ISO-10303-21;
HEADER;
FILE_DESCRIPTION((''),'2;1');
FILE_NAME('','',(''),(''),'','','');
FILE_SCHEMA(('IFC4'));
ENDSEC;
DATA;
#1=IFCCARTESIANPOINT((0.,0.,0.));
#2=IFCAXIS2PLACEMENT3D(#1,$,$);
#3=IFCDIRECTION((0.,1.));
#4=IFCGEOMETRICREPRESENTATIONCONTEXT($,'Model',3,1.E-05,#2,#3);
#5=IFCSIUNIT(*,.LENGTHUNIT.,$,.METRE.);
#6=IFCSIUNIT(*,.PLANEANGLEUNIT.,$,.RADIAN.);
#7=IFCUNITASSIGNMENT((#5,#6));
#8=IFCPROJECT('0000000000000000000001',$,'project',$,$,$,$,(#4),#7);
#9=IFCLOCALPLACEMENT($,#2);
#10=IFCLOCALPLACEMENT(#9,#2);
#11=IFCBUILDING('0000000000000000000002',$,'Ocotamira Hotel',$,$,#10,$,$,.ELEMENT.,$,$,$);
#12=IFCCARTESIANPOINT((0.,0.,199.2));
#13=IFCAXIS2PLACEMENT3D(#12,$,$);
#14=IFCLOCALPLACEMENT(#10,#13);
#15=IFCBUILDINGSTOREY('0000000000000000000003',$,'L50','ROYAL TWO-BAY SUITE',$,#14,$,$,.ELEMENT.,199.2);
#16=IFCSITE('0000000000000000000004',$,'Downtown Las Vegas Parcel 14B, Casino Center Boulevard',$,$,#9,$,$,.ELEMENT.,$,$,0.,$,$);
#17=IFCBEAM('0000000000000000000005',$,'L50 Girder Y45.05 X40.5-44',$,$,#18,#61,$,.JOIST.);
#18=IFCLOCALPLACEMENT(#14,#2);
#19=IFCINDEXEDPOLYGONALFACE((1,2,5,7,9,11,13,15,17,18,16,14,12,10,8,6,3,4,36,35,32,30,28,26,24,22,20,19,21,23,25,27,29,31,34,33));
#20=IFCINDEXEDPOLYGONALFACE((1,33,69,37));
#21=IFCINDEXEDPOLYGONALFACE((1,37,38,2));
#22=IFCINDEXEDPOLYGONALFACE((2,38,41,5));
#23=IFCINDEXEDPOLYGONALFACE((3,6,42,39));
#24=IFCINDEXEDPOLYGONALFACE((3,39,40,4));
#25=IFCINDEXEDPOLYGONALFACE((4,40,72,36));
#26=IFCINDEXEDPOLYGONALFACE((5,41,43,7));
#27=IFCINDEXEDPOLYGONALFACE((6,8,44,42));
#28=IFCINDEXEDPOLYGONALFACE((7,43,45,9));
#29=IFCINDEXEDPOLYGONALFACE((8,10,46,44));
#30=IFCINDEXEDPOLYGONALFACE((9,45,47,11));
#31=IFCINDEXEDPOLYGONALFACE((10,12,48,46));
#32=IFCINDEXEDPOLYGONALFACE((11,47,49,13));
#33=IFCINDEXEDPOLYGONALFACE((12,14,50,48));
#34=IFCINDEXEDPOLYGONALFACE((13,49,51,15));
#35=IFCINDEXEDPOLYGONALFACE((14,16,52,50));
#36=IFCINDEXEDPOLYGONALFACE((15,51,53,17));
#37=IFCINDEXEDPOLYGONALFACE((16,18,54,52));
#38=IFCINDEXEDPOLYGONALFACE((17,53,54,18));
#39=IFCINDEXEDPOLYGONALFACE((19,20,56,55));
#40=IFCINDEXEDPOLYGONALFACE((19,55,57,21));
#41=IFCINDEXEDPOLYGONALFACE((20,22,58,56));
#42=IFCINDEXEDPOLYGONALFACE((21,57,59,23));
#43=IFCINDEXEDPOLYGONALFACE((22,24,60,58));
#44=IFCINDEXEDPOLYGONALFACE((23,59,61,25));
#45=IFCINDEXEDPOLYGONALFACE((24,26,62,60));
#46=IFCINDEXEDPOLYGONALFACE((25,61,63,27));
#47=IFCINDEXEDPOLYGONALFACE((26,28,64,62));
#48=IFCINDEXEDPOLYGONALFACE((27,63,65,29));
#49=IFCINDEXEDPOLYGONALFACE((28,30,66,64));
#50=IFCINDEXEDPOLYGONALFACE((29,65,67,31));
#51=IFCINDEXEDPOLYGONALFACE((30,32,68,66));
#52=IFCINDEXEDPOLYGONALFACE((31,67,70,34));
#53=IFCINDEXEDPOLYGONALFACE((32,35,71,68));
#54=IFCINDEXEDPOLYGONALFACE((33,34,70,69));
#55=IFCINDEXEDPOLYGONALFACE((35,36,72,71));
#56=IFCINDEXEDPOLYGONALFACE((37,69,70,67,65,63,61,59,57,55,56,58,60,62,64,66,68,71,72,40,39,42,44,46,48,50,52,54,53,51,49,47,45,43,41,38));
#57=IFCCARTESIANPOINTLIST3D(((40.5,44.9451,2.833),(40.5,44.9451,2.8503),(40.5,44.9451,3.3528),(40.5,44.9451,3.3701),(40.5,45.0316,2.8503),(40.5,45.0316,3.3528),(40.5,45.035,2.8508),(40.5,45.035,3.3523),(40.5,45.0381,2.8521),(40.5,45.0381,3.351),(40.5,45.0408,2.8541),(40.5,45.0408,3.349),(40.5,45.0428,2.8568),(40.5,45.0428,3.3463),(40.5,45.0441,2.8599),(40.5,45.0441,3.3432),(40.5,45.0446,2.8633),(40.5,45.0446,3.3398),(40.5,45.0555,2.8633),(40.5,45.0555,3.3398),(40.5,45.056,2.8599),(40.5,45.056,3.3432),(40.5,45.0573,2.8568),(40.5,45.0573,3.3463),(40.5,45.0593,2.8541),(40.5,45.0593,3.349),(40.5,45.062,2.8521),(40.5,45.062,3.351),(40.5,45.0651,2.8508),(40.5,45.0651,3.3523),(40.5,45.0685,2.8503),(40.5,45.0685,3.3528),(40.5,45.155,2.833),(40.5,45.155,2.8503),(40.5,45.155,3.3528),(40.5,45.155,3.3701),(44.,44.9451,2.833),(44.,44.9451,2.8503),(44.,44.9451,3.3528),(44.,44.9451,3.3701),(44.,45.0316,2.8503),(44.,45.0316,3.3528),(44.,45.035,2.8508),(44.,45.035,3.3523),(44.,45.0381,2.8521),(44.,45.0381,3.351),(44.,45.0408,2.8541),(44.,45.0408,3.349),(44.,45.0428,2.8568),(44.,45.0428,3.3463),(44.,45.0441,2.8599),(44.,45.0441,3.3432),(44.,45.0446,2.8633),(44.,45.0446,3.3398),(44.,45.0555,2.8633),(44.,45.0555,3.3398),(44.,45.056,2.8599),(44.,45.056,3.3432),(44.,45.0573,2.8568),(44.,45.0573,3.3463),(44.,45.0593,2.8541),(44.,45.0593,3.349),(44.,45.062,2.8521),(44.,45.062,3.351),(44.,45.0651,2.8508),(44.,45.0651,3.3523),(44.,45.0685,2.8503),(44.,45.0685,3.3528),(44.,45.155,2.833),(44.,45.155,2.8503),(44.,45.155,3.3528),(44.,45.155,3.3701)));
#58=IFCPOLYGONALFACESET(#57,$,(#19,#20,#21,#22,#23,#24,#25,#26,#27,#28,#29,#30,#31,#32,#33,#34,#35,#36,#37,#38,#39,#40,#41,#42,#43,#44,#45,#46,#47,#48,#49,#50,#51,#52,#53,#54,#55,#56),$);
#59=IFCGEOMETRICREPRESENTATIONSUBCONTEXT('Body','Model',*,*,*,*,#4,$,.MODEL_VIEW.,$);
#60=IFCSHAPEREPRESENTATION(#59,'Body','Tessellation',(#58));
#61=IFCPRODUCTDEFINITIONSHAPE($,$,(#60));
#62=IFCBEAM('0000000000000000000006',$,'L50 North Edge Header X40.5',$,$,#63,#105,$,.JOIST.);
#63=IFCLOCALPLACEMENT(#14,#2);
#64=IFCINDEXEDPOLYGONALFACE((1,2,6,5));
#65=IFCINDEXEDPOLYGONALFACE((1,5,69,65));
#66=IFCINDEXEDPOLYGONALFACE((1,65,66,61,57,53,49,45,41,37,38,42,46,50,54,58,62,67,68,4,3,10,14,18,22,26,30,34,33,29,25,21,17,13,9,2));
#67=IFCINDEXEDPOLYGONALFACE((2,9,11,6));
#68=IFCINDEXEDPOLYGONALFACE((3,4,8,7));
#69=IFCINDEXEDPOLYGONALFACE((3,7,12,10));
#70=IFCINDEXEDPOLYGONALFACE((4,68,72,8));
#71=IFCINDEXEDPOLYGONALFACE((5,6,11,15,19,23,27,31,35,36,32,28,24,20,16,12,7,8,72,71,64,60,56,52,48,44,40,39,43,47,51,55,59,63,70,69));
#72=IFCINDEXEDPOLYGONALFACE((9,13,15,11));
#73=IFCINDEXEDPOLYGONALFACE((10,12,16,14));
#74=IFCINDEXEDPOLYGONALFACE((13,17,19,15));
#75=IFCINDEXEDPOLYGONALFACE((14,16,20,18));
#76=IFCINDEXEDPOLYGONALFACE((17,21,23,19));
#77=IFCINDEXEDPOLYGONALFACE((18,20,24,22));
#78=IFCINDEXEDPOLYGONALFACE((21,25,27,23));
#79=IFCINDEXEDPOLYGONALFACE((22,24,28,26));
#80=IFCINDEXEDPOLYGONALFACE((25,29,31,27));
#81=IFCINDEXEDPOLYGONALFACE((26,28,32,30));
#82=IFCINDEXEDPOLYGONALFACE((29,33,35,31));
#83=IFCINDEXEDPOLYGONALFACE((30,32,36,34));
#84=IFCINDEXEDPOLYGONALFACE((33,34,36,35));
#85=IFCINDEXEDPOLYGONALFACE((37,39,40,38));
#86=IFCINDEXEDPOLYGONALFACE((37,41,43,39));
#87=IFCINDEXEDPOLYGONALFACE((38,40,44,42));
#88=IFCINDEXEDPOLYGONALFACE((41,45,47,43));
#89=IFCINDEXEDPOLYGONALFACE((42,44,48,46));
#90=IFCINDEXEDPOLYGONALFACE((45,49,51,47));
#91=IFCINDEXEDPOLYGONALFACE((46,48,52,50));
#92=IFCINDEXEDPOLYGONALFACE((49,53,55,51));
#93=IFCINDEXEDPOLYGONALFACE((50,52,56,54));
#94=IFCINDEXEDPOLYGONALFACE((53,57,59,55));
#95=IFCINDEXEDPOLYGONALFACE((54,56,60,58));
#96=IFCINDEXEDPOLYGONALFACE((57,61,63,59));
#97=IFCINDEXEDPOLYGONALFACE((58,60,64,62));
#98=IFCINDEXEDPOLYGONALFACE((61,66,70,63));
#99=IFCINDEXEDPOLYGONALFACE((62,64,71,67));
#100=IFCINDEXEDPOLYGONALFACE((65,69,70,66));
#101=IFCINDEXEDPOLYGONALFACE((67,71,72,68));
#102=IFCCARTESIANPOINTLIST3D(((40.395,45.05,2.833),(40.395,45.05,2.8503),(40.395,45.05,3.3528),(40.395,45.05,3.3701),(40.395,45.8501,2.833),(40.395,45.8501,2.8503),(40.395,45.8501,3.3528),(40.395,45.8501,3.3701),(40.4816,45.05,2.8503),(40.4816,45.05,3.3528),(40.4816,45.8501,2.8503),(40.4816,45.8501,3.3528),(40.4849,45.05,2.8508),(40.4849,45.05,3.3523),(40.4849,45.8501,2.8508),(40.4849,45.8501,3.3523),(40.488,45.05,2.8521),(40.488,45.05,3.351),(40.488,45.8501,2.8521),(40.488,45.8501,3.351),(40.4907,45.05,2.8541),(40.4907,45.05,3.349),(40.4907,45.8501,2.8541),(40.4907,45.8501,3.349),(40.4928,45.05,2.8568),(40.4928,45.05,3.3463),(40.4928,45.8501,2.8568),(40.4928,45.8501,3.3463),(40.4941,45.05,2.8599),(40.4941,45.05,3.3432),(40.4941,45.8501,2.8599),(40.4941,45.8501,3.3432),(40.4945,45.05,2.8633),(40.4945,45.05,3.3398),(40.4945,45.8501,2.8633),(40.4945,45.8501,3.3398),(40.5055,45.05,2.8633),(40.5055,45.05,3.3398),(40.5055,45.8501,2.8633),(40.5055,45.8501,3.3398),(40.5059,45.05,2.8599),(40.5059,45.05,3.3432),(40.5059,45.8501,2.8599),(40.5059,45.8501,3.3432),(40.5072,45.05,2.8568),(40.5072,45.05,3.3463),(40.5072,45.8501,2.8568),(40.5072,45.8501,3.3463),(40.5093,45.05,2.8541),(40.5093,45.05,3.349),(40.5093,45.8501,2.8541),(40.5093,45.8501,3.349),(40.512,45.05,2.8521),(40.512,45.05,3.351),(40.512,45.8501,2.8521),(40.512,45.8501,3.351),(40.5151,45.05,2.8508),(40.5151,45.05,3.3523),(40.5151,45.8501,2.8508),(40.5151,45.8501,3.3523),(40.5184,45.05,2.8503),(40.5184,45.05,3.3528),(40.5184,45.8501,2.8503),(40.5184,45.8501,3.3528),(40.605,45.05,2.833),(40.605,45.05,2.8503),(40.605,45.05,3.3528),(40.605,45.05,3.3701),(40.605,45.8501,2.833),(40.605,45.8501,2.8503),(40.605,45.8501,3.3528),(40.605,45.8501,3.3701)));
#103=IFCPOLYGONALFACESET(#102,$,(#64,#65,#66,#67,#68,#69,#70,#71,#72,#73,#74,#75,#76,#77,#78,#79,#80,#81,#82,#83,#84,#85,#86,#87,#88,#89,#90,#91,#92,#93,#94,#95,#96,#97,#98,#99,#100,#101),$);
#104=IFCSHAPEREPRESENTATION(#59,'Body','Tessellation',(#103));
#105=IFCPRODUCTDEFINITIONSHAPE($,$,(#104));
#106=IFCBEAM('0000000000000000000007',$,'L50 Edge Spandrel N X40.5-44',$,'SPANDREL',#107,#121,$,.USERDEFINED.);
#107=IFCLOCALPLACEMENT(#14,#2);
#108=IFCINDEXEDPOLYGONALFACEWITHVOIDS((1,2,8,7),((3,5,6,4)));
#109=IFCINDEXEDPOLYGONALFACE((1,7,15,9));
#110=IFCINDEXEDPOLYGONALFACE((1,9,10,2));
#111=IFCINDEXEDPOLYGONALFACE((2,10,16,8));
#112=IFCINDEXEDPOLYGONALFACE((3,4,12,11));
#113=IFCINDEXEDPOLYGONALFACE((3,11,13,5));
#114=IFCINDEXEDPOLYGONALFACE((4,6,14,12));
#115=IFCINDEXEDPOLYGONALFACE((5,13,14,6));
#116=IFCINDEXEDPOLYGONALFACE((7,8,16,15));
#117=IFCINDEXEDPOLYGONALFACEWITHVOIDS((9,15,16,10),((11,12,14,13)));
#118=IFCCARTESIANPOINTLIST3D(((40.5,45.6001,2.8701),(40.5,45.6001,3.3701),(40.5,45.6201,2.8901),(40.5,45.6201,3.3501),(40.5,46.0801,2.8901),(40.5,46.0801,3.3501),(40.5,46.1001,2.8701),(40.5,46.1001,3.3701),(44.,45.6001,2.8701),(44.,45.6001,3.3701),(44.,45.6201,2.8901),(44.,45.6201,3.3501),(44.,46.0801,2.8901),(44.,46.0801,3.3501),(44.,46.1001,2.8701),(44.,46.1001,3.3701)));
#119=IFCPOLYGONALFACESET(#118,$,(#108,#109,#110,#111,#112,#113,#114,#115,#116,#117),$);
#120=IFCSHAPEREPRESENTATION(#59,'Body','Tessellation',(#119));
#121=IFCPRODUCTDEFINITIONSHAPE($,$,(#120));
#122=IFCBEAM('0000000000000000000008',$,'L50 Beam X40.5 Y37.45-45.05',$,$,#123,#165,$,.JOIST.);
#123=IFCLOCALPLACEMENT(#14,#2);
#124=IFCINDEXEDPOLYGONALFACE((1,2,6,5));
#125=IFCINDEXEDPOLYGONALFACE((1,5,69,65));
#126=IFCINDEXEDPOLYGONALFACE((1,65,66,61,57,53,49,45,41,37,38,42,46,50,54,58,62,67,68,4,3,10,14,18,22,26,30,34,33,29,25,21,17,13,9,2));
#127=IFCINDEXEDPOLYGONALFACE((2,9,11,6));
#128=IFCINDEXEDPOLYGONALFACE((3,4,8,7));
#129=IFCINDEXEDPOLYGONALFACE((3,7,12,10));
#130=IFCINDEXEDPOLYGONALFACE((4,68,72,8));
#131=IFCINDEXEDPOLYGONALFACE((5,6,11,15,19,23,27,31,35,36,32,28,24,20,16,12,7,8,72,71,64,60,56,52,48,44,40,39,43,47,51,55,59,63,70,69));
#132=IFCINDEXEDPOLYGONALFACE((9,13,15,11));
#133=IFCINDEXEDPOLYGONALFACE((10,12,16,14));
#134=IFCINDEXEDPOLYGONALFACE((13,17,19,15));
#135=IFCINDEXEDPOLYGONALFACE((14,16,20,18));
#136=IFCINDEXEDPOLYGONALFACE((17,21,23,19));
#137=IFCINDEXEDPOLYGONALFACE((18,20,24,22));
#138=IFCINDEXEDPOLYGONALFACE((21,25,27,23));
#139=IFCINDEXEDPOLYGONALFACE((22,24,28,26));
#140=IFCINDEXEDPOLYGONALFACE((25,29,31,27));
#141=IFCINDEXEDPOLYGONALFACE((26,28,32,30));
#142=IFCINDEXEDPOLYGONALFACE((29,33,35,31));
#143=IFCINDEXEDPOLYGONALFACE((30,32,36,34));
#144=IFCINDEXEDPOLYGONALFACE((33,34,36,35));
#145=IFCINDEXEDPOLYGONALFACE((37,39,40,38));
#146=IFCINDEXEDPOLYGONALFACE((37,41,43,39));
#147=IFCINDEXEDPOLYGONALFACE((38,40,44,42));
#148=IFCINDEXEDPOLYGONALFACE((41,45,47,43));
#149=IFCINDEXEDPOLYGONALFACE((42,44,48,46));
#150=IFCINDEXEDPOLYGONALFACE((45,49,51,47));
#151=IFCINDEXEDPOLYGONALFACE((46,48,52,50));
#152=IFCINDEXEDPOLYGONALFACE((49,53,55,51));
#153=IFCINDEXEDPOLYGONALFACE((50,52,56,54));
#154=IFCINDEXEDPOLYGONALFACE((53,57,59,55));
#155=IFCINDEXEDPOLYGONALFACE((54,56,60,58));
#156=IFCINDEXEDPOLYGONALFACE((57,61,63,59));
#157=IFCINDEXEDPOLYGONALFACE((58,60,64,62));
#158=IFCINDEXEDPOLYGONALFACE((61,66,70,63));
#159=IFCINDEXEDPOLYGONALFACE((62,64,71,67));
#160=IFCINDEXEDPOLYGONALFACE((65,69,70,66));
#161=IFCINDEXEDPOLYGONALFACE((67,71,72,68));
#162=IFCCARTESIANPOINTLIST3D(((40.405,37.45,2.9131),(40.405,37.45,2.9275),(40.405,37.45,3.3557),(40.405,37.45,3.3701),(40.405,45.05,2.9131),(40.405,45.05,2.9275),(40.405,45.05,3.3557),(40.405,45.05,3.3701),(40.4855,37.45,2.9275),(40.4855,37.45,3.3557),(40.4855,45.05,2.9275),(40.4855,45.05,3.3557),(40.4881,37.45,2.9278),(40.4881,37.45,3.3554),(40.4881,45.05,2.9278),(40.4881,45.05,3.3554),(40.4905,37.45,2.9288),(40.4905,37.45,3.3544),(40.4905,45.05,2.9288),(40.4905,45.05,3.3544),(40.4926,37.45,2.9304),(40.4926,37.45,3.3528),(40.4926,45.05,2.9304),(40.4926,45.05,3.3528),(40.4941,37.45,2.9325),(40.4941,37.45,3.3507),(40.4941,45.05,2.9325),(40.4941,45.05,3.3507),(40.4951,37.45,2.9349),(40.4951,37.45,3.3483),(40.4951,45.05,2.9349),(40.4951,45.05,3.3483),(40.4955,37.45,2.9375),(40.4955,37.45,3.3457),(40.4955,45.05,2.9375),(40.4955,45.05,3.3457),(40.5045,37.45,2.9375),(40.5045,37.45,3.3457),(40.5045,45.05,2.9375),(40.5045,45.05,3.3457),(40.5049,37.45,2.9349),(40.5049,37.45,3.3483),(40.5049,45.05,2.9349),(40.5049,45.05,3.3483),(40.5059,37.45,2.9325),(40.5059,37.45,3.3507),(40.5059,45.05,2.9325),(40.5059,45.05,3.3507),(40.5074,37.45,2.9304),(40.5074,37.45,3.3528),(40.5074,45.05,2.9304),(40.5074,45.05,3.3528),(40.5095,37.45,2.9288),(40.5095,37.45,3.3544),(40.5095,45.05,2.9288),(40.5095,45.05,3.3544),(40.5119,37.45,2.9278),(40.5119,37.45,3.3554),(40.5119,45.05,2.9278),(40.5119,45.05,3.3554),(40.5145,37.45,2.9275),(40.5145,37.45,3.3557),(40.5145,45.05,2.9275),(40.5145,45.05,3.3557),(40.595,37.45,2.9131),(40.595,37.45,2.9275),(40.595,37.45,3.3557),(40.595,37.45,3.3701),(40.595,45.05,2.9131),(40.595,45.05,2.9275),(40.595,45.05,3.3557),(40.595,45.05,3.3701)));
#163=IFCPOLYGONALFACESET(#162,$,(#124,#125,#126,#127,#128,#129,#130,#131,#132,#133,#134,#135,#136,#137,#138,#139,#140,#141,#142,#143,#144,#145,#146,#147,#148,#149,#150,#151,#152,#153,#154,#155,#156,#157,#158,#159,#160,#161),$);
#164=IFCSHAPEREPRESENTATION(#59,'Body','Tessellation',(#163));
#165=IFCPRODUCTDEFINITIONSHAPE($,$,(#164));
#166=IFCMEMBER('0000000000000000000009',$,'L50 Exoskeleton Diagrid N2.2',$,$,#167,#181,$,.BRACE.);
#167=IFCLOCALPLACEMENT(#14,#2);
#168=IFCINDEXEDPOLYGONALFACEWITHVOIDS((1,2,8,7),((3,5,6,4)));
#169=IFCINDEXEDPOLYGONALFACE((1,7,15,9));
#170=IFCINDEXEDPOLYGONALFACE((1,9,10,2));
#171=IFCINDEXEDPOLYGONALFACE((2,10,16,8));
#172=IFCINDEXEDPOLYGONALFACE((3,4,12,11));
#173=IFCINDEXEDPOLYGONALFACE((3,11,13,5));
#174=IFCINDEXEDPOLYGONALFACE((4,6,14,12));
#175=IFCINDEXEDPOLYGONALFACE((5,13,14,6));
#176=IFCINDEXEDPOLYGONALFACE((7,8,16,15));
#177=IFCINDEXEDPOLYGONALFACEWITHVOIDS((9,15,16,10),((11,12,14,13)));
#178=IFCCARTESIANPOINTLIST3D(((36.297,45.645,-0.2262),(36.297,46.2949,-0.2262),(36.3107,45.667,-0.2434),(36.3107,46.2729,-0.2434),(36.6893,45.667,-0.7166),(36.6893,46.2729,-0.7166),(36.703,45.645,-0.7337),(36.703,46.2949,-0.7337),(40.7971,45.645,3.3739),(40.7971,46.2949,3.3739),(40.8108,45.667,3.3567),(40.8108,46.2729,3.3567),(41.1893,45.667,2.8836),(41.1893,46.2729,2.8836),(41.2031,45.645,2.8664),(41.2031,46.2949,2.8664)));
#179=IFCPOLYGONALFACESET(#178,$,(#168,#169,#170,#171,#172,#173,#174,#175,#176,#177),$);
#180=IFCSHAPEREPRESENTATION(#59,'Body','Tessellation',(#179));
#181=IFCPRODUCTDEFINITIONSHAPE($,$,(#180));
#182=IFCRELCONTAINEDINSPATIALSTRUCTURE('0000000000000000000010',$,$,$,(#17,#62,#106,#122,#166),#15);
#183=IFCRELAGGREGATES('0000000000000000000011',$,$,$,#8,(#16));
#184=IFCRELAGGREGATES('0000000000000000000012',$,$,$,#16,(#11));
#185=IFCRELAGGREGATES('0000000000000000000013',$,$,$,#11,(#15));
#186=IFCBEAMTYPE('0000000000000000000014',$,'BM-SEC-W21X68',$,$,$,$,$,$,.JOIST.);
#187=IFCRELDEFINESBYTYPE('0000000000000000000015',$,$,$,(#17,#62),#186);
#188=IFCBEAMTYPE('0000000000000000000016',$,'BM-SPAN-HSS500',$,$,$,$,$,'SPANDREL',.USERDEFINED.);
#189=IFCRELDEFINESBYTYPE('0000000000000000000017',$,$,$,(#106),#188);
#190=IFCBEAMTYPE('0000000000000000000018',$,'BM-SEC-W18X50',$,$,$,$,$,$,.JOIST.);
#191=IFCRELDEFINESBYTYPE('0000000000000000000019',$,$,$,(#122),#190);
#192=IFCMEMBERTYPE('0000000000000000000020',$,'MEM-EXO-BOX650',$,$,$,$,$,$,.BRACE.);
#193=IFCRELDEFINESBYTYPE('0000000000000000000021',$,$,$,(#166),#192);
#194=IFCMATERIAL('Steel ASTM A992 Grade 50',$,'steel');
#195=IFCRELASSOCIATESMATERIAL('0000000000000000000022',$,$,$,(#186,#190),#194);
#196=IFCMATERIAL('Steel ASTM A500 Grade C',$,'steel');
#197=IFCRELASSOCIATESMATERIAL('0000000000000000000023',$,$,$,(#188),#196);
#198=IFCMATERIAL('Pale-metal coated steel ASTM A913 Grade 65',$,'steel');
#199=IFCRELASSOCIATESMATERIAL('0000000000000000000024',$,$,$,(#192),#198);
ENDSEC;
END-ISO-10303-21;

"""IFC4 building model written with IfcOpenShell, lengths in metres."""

from ifc_helpers import new_model, si_unit, direction, frame, origin, origin_2d, place, context, subcontext, project, spatial, hollow_rectangle, i_section, extrude, source, transform, mapped, material, material_profile, profile_set, type_object, element, save


model = new_model("IFC4")

# Units and contexts
model_context = context("Model", 3, precision=1e-05, world=origin(), true_north=direction((0.0, 1.0)))
body_context = subcontext(model_context, "Body", "Model", "MODEL_VIEW")
ifc_project = project(units=[si_unit("LENGTHUNIT", "METRE"), si_unit("PLANEANGLEUNIT", "RADIAN")], contexts=[model_context])

# Site, building, storey
site_placement = place(None, origin())
site = spatial("IfcSite", under=ifc_project, at=site_placement, Name="Downtown Las Vegas Parcel 14B, Casino Center Boulevard", CompositionType="ELEMENT", RefElevation=0.0)
building_placement = place(site_placement, origin())
building = spatial("IfcBuilding", under=site, at=building_placement, Name="Ocotamira Hotel", CompositionType="ELEMENT")
storey_placement = place(building_placement, frame((0.0, 0.0, 199.2)))
storey = spatial("IfcBuildingStorey", under=building, at=storey_placement, Name="L50", Description="ROYAL TWO-BAY SUITE", CompositionType="ELEMENT", Elevation=199.2)

# Beams
ifc_material_1 = material(Name="Steel ASTM A992 Grade 50", Category="steel")
ifc_material_profile_1 = material_profile(ifc_material_1, i_section(OverallWidth=0.21, OverallDepth=0.5371, WebThickness=0.011, FlangeThickness=0.0173, FilletRadius=0.0129, at=origin_2d()), Name="W21X68")
ifc_profile_set_1 = profile_set([ifc_material_profile_1], Name="Steel ASTM A992 Grade 50")
beam_type_1 = type_object("IfcBeamType", Name="BM-SEC-W21X68", PredefinedType="JOIST", material=ifc_profile_set_1)
shared_shape_1 = source(origin(), body_context, "Body", "SweptSolid", [
    extrude(i_section(OverallWidth=0.21, OverallDepth=0.5371, WebThickness=0.011, FlangeThickness=0.0173, FilletRadius=0.0129, at=origin_2d()), origin(), (0.0, 0.0, 1.0), 3.5),
])
beam_1_placement = place(storey_placement, frame((40.5, 45.05, 3.1016), z_axis=(1.0, 0.0, 0.0), x_axis=(0.0, 1.0, 0.0)))
element("IfcBeam", 1, at=beam_1_placement, inside=storey, type_object=beam_type_1, Name="L50 Girder Y45.05 X40.5-44", PredefinedType="JOIST", context=body_context, shape_type="MappedRepresentation", body=[
    mapped(shared_shape_1, transform((0.0, 0.0, 0.0), scale=1.0)),
])
shared_shape_2 = source(origin(), body_context, "Body", "SweptSolid", [
    extrude(i_section(OverallWidth=0.21, OverallDepth=0.5371, WebThickness=0.011, FlangeThickness=0.0173, FilletRadius=0.0129, at=origin_2d()), origin(), (0.0, 0.0, 1.0), 0.8),
])
beam_2_placement = place(storey_placement, frame((40.5, 45.05, 3.1016), z_axis=(0.0, 1.0, 0.0), x_axis=(-1.0, 0.0, 0.0)))
element("IfcBeam", 2, at=beam_2_placement, inside=storey, type_object=beam_type_1, Name="L50 North Edge Header X40.5", PredefinedType="JOIST", context=body_context, shape_type="MappedRepresentation", body=[
    mapped(shared_shape_2, transform((0.0, 0.0, 0.0), scale=1.0)),
])
ifc_material_2 = material(Name="Steel ASTM A500 Grade C", Category="steel")
ifc_material_profile_2 = material_profile(ifc_material_2, hollow_rectangle(XDim=0.5, YDim=0.5, WallThickness=0.02, at=origin_2d()), Name="HSS500X500X20")
ifc_profile_set_2 = profile_set([ifc_material_profile_2], Name="Steel ASTM A500 Grade C")
beam_type_2 = type_object("IfcBeamType", Name="BM-SPAN-HSS500", ElementType="SPANDREL", PredefinedType="USERDEFINED", material=ifc_profile_set_2)
shared_shape_3 = source(origin(), body_context, "Body", "SweptSolid", [
    extrude(hollow_rectangle(XDim=0.5, YDim=0.5, WallThickness=0.02, at=origin_2d()), origin(), (0.0, 0.0, 1.0), 3.5),
])
beam_3_placement = place(storey_placement, frame((40.5, 45.8501, 3.1201), z_axis=(1.0, 0.0, 0.0), x_axis=(0.0, 1.0, 0.0)))
element("IfcBeam", 3, at=beam_3_placement, inside=storey, type_object=beam_type_2, Name="L50 Edge Spandrel N X40.5-44", ObjectType="SPANDREL", PredefinedType="USERDEFINED", context=body_context, shape_type="MappedRepresentation", body=[
    mapped(shared_shape_3, transform((0.0, 0.0, 0.0), scale=1.0)),
])
ifc_material_profile_3 = material_profile(ifc_material_1, i_section(OverallWidth=0.1899, OverallDepth=0.457, WebThickness=0.009, FlangeThickness=0.0144, FilletRadius=0.01, at=origin_2d()), Name="W18X50")
ifc_profile_set_3 = profile_set([ifc_material_profile_3], Name="Steel ASTM A992 Grade 50")
beam_type_3 = type_object("IfcBeamType", Name="BM-SEC-W18X50", PredefinedType="JOIST", material=ifc_profile_set_3)
shared_shape_4 = source(origin(), body_context, "Body", "SweptSolid", [
    extrude(i_section(OverallWidth=0.1899, OverallDepth=0.457, WebThickness=0.009, FlangeThickness=0.0144, FilletRadius=0.01, at=origin_2d()), origin(), (0.0, 0.0, 1.0), 7.6001),
])
beam_4_placement = place(storey_placement, frame((40.5, 37.45, 3.1416), z_axis=(0.0, 1.0, 0.0), x_axis=(-1.0, 0.0, 0.0)))
element("IfcBeam", 4, at=beam_4_placement, inside=storey, type_object=beam_type_3, Name="L50 Beam X40.5 Y37.45-45.05", PredefinedType="JOIST", context=body_context, shape_type="MappedRepresentation", body=[
    mapped(shared_shape_4, transform((0.0, 0.0, 0.0), scale=1.0)),
])

# Member
ifc_material_3 = material(Name="Pale-metal coated steel ASTM A913 Grade 65", Category="steel")
ifc_material_profile_4 = material_profile(ifc_material_3, hollow_rectangle(XDim=0.6499, YDim=0.6499, WallThickness=0.022, at=origin_2d()), Name="BOX650X650X22")
ifc_profile_set_4 = profile_set([ifc_material_profile_4], Name="Pale-metal coated steel ASTM A913 Grade 65")
member_type_1 = type_object("IfcMemberType", Name="MEM-EXO-BOX650", PredefinedType="BRACE", material=ifc_profile_set_4)
shared_shape_5 = source(origin(), body_context, "Body", "SweptSolid", [
    extrude(hollow_rectangle(XDim=0.6499, YDim=0.6499, WallThickness=0.022, at=origin_2d()), origin(), (0.0, 0.0, 1.0), 5.7629),
])
member_1_placement = place(storey_placement, frame((36.5, 45.97, -0.48), z_axis=(0.780861, 0.0, 0.624705), x_axis=(0.0, 1.0, 0.0)))
element("IfcMember", 5, at=member_1_placement, inside=storey, type_object=member_type_1, Name="L50 Exoskeleton Diagrid N2.2", PredefinedType="BRACE", context=body_context, shape_type="MappedRepresentation", body=[
    mapped(shared_shape_5, transform((0.0, 0.0, 0.0), scale=1.0)),
])

save(model, "model.ifc")
